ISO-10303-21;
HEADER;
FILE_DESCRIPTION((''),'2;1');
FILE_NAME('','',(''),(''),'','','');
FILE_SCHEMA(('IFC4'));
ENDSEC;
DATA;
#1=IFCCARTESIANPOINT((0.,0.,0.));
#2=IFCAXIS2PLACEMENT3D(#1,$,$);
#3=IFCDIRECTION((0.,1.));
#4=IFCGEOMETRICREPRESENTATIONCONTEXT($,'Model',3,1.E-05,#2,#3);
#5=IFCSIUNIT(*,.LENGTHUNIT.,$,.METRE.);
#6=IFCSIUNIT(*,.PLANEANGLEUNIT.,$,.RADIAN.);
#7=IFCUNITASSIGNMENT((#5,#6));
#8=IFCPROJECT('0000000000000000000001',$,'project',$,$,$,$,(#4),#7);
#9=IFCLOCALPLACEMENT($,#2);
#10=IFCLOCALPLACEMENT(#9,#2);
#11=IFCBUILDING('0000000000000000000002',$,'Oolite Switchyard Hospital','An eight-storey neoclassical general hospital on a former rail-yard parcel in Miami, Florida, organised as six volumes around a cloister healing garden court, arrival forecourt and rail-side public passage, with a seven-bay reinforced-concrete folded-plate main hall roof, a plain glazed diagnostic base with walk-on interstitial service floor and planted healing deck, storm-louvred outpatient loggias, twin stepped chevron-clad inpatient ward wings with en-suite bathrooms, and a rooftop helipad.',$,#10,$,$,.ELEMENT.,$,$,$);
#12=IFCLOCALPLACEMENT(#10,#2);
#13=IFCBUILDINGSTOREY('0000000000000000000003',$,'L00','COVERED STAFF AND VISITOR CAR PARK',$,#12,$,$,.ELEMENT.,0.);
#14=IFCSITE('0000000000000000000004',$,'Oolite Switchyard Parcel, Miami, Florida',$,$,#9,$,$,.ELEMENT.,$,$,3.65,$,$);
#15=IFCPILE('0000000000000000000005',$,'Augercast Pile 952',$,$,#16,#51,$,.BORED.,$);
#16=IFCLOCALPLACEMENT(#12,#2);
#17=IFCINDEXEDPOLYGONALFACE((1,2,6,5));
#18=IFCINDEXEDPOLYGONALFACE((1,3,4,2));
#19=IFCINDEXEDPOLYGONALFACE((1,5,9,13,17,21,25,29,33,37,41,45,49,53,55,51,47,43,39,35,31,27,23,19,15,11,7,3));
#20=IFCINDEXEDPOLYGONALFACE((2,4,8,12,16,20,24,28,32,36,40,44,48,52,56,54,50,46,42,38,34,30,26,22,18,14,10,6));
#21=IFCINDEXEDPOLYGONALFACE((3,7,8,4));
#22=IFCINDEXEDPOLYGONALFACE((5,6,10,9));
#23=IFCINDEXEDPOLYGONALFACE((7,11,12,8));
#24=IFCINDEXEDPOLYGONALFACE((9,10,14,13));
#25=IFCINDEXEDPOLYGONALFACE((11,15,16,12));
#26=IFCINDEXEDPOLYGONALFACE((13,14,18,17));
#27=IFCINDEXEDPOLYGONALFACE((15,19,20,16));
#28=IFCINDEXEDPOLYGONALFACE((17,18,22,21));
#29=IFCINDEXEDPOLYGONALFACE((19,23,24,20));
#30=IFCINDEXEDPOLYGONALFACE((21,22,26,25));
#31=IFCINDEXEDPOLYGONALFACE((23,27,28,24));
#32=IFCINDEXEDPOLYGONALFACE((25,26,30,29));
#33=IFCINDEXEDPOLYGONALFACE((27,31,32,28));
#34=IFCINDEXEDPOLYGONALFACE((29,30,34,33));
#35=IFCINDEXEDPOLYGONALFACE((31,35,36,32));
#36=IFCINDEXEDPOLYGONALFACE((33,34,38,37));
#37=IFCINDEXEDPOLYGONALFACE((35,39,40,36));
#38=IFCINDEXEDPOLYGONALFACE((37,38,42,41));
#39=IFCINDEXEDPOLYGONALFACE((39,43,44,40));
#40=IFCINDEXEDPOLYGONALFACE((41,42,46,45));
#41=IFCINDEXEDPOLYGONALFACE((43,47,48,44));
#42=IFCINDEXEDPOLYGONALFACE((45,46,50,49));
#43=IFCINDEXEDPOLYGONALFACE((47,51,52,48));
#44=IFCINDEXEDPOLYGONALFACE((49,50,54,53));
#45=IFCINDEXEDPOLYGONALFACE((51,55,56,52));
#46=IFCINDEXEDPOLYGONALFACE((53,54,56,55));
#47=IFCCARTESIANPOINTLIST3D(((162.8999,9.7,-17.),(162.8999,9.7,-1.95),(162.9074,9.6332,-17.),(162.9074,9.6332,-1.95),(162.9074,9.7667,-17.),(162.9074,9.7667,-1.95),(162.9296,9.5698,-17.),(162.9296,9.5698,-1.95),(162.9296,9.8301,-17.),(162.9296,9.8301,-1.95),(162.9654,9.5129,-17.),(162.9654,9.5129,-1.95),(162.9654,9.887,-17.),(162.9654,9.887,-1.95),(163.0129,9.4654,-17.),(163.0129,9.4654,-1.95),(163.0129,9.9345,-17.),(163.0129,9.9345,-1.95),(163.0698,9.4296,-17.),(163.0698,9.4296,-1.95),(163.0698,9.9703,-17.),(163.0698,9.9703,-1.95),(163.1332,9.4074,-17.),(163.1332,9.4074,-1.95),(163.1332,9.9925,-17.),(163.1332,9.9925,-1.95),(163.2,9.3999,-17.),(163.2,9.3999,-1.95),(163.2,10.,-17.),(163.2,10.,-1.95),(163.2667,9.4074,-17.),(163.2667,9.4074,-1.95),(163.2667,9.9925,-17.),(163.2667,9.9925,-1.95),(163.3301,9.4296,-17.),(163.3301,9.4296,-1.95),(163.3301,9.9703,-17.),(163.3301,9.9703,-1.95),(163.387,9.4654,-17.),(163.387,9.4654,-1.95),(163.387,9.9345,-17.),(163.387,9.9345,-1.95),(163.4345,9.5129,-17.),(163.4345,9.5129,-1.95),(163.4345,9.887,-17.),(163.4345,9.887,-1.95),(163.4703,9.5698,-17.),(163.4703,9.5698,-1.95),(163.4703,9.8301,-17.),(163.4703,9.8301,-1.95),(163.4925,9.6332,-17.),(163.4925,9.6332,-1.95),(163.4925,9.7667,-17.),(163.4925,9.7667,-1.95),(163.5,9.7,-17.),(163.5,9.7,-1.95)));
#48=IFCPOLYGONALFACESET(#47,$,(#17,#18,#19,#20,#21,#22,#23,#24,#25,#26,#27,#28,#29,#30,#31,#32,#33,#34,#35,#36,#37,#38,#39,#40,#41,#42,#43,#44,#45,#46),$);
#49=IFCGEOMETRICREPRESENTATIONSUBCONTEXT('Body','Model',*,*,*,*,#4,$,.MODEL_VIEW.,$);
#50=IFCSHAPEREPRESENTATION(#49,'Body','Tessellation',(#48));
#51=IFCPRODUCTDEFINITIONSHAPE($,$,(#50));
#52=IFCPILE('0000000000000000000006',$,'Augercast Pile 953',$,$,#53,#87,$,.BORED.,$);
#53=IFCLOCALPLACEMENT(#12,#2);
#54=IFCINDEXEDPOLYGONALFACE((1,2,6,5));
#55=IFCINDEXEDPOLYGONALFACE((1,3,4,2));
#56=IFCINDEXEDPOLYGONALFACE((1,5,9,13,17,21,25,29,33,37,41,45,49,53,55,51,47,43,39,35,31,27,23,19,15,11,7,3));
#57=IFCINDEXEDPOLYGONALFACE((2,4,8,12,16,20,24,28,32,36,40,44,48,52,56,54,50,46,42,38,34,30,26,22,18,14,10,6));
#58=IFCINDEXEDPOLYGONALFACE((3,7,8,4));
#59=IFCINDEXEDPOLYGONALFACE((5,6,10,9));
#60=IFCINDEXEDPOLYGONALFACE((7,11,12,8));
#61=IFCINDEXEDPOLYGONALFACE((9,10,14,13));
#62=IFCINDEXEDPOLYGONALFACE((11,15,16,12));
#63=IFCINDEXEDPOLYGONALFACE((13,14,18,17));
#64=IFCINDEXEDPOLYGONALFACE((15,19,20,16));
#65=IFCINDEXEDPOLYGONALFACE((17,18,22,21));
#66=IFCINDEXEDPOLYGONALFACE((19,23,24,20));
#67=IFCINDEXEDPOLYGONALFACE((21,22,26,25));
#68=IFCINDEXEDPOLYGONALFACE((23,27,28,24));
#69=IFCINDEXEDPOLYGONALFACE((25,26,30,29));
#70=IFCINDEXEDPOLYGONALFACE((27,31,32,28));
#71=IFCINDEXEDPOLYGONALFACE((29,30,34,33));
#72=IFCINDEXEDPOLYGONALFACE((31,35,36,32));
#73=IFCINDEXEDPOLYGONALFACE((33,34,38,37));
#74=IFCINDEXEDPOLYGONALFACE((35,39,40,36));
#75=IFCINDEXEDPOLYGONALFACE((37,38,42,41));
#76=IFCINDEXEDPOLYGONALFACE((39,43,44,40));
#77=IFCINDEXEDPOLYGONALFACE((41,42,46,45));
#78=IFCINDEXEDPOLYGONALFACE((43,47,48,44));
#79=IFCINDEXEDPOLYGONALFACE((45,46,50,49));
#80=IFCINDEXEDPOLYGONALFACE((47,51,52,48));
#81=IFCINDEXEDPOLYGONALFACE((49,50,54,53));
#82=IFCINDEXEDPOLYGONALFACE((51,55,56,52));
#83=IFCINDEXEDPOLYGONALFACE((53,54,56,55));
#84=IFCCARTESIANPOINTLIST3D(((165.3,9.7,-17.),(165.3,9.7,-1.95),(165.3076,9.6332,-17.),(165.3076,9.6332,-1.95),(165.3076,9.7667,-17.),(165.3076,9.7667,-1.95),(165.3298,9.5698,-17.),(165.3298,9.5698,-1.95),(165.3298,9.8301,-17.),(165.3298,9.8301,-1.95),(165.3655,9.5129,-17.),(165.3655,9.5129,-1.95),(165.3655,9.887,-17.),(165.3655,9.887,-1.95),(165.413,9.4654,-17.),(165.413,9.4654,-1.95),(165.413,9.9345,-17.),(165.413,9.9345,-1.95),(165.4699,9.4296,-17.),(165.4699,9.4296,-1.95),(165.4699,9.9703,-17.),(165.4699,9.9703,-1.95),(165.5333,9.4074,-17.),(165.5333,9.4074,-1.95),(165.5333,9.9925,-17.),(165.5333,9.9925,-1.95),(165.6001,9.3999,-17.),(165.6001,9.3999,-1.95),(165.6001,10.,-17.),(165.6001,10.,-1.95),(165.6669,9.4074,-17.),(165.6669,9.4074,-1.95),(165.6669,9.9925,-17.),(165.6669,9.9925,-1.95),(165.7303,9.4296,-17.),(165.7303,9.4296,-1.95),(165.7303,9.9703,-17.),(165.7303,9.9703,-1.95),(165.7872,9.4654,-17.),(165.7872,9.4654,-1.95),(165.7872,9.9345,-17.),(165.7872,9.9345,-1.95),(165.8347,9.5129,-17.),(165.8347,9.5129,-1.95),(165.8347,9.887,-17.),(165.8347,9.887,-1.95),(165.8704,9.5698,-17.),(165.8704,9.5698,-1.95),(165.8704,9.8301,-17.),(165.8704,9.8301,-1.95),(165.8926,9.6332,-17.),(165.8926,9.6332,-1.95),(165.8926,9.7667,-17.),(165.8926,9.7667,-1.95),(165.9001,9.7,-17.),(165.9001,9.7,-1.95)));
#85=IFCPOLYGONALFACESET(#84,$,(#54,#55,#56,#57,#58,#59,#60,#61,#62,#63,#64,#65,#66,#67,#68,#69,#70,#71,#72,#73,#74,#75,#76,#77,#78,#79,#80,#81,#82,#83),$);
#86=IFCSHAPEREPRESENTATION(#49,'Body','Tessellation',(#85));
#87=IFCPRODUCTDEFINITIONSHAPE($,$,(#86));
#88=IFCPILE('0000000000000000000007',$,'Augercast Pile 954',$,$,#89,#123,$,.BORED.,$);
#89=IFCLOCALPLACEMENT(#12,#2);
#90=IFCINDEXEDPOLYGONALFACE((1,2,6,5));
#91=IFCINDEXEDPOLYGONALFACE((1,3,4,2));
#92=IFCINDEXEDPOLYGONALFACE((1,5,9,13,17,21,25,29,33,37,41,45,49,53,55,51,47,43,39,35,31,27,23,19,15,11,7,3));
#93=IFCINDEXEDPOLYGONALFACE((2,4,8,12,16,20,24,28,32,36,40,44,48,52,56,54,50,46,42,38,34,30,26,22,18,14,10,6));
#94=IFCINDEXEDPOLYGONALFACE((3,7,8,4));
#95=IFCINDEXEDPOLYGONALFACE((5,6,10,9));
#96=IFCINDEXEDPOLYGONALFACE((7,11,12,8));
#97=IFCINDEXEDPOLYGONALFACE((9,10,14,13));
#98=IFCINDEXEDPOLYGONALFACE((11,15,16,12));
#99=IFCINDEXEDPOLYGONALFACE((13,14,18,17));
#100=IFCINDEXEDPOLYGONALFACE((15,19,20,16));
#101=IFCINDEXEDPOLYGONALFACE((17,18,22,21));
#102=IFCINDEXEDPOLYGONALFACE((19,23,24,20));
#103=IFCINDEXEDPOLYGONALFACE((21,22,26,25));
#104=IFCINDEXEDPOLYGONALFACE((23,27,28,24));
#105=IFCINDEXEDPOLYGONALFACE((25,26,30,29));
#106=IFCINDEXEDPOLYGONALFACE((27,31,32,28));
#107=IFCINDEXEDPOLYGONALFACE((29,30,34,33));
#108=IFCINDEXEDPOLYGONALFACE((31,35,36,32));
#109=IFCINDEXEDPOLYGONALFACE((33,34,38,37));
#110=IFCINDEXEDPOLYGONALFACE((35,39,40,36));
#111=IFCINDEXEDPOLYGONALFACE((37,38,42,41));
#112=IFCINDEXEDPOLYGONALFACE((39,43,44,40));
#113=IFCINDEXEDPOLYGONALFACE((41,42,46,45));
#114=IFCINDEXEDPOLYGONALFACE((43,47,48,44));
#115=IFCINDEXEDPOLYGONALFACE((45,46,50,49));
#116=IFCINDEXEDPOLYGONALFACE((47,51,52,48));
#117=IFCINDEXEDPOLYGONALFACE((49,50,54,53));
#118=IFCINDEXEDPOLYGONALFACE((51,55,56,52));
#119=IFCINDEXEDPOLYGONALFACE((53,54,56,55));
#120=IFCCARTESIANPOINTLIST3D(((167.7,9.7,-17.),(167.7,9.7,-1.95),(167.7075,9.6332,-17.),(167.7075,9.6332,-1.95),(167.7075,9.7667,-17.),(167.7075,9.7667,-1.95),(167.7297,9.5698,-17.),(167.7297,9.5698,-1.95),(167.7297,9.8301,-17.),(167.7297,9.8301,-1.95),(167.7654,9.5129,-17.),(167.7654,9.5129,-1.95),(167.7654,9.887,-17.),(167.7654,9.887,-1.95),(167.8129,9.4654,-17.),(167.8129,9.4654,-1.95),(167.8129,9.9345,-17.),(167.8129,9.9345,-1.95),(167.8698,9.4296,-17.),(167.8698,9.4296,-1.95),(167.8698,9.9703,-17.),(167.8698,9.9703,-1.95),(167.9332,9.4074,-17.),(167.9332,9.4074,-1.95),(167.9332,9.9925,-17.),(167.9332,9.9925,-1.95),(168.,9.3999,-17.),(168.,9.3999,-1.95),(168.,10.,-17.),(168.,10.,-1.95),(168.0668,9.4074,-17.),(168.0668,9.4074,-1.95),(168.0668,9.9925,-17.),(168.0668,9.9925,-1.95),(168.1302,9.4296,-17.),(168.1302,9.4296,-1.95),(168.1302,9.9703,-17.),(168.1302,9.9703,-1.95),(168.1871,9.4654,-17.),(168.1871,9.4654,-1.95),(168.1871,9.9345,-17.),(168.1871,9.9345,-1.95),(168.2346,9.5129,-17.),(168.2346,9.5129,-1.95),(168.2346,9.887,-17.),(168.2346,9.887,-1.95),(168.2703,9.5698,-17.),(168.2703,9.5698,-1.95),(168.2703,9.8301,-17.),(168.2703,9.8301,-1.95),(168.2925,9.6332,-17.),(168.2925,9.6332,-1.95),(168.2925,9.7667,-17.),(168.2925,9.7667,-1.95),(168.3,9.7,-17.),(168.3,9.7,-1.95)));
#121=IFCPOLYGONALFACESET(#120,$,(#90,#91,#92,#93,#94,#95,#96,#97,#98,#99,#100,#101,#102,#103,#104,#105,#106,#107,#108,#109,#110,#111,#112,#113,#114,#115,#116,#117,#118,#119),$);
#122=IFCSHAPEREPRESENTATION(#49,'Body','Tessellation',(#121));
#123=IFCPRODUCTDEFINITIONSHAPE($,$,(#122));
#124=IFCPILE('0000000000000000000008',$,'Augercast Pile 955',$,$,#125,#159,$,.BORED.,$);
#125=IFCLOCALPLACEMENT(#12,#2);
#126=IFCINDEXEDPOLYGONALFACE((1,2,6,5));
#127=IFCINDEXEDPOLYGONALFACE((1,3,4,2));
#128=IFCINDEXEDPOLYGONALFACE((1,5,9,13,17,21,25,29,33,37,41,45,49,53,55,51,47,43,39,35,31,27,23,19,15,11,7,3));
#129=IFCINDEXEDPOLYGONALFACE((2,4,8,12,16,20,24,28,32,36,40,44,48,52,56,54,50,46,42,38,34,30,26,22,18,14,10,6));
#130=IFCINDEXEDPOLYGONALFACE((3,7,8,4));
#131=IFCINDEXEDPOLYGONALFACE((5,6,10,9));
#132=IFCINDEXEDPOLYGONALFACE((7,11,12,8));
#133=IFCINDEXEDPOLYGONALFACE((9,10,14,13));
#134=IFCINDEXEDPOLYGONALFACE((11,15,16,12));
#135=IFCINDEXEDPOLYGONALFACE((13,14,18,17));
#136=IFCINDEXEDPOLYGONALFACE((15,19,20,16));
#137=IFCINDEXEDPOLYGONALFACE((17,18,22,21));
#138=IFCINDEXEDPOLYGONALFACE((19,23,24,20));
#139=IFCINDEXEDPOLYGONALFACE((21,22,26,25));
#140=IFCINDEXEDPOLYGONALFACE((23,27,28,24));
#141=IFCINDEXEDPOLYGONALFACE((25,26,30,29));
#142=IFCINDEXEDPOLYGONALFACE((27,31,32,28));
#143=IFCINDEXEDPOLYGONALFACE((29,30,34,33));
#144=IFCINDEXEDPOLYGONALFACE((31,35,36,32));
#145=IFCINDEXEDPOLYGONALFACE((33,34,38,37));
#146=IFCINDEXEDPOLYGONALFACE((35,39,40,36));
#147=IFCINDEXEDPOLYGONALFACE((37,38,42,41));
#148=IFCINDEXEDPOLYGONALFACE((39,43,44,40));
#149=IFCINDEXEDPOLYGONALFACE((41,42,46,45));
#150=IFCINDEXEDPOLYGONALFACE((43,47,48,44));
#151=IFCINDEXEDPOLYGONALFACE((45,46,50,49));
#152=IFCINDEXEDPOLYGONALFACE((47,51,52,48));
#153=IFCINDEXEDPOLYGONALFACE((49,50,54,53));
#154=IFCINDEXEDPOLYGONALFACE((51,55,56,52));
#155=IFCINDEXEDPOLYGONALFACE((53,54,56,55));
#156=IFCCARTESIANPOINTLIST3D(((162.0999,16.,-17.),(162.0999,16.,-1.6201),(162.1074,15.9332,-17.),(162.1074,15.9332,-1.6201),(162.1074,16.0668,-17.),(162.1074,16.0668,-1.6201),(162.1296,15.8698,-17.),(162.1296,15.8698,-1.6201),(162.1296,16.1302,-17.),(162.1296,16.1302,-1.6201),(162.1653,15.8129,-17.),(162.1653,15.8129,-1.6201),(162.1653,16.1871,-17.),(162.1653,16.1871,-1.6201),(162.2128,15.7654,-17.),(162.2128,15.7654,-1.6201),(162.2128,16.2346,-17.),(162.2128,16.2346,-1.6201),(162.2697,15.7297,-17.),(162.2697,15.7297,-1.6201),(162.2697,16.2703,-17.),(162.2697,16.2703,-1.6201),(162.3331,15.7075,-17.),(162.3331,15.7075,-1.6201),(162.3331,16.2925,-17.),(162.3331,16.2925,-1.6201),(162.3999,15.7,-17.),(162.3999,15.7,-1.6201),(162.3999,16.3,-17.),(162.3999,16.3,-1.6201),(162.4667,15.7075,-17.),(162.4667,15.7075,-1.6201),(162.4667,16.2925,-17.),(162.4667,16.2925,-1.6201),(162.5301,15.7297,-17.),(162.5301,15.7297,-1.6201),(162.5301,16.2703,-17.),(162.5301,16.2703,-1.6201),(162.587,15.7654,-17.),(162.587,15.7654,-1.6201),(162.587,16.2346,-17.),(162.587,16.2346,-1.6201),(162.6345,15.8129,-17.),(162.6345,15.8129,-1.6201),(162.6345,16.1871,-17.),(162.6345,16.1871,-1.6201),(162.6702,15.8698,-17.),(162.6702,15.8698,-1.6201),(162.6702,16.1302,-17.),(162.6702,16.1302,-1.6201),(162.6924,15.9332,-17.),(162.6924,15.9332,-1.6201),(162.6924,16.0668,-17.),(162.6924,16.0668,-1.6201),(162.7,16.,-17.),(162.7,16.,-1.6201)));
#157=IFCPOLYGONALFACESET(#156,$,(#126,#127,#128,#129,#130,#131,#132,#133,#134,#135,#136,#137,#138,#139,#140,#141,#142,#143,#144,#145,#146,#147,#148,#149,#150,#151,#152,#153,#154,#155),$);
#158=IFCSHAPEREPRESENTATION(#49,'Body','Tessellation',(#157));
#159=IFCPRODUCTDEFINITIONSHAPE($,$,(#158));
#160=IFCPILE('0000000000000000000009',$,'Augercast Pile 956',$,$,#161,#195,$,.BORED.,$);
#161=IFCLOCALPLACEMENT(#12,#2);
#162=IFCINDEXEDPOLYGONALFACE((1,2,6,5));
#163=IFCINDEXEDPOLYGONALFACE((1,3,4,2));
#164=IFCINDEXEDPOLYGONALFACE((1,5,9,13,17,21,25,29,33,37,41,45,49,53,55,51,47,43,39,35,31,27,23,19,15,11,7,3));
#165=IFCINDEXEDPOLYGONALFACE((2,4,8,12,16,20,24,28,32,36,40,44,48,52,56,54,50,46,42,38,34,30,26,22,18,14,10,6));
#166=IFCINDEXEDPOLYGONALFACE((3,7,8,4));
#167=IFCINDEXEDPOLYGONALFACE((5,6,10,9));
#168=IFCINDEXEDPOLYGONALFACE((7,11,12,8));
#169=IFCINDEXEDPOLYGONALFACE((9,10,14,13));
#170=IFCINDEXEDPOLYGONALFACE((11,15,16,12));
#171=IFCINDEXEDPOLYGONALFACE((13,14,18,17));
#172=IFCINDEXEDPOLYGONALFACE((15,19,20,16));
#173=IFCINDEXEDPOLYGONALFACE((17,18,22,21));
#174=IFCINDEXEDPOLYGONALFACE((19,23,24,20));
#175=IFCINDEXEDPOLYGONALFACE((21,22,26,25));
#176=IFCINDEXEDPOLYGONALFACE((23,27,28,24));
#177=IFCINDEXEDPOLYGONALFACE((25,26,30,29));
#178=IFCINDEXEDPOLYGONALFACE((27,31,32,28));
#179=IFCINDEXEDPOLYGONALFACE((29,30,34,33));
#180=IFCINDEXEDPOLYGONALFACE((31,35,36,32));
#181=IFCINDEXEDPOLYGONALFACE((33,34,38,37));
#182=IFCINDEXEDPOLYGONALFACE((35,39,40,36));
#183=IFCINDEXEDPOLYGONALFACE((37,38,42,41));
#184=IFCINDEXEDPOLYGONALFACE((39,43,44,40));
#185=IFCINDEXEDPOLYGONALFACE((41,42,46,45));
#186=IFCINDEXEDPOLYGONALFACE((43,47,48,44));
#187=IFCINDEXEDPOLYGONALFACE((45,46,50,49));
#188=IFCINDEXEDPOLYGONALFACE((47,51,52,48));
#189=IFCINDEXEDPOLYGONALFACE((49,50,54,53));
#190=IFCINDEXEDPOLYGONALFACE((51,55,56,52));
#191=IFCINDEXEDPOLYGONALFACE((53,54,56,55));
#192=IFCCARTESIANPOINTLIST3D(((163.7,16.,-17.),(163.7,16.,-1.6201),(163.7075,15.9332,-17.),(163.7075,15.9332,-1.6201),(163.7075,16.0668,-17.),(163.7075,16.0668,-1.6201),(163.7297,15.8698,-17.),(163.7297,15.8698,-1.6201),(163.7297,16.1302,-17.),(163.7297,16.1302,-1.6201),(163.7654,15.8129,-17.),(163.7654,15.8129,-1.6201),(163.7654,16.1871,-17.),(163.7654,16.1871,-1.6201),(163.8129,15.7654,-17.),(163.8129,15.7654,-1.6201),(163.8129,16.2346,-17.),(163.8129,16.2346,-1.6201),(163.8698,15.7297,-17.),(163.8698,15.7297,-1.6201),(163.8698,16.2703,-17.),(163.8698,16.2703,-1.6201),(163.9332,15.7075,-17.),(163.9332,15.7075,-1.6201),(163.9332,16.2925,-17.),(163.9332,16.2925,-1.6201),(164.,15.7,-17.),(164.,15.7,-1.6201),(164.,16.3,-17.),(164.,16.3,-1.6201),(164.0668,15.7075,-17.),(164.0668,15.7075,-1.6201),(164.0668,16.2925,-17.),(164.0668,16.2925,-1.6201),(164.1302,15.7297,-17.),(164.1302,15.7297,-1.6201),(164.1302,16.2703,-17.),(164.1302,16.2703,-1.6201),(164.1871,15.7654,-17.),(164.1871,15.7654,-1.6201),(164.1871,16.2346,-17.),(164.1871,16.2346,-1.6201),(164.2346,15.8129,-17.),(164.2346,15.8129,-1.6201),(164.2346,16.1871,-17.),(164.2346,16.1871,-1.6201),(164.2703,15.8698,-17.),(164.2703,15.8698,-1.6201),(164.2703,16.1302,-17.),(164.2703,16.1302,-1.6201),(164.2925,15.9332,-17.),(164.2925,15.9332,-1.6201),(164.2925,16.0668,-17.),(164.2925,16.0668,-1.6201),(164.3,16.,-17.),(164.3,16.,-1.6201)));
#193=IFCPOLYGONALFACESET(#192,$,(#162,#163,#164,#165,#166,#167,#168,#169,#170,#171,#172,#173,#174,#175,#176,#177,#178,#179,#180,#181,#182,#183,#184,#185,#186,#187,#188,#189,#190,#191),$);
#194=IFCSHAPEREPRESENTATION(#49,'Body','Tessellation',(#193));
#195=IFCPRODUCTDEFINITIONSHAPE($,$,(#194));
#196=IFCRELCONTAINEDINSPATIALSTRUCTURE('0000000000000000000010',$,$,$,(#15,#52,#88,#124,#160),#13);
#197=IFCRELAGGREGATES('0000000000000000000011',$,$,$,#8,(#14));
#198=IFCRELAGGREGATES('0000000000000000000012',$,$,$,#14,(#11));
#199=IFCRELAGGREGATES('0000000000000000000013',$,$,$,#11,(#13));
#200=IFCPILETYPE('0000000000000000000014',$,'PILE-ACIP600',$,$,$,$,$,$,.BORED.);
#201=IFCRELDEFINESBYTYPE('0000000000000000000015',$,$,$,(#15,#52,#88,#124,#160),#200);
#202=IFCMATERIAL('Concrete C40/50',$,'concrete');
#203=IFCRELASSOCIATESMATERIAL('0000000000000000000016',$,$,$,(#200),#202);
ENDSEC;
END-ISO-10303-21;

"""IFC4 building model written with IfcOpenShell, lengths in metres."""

from ifc_helpers import new_model, si_unit, direction, frame, origin, origin_2d, place, context, subcontext, project, spatial, circle, extrude, material, material_profile, profile_set, type_object, element, save


model = new_model("IFC4")

# Units and contexts
model_context = context("Model", 3, precision=1e-05, world=origin(), true_north=direction((0.0, 1.0)))
body_context = subcontext(model_context, "Body", "Model", "MODEL_VIEW")
ifc_project = project(units=[si_unit("LENGTHUNIT", "METRE"), si_unit("PLANEANGLEUNIT", "RADIAN")], contexts=[model_context])

# Site, building, storey
site_placement = place(None, origin())
site = spatial("IfcSite", under=ifc_project, at=site_placement, Name="Oolite Switchyard Parcel, Miami, Florida", CompositionType="ELEMENT", RefElevation=3.65)
building_placement = place(site_placement, origin())
building = spatial("IfcBuilding", under=site, at=building_placement, Name="Oolite Switchyard Hospital", Description="An eight-storey neoclassical general hospital on a former rail-yard parcel in Miami, Florida, organised as six volumes around a cloister healing garden court, arrival forecourt and rail-side public passage, with a seven-bay reinforced-concrete folded-plate main hall roof, a plain glazed diagnostic base with walk-on interstitial service floor and planted healing deck, storm-louvred outpatient loggias, twin stepped chevron-clad inpatient ward wings with en-suite bathrooms, and a rooftop helipad.", CompositionType="ELEMENT")
storey_placement = place(building_placement, origin())
storey = spatial("IfcBuildingStorey", under=building, at=storey_placement, Name="L00", Description="COVERED STAFF AND VISITOR CAR PARK", CompositionType="ELEMENT", Elevation=0.0)

# Shared definitions
ifc_material_1 = material(Name="Concrete C40/50", Category="concrete")

# Piles
ifc_material_profile_1 = material_profile(ifc_material_1, circle(Radius=0.3, at=origin_2d()), Name="PILE600")
ifc_profile_set_1 = profile_set([ifc_material_profile_1], Name="Concrete C40/50")
pile_type = type_object("IfcPileType", Name="PILE-ACIP600", PredefinedType="BORED", material=ifc_profile_set_1)
for number, where, z_axis, x_axis, name in (
    (1, (163.2, 9.7, -1.95), (0.0, 0.0, -1.0), (1.0, 0.0, 0.0), "Augercast Pile 952"),
    (2, (165.6001, 9.7, -1.95), (0.0, 0.0, -1.0), (1.0, 0.0, 0.0), "Augercast Pile 953"),
    (3, (168.0, 9.7, -1.95), (0.0, 0.0, -1.0), (1.0, 0.0, 0.0), "Augercast Pile 954"),
):
    element("IfcPile", number, at=place(storey_placement, frame(where, z_axis=z_axis, x_axis=x_axis)), inside=storey, type_object=pile_type, Name=name, PredefinedType="BORED", context=body_context, shape_type="SweptSolid", body=[
        extrude(circle(Radius=0.3, at=origin_2d()), origin(), (0.0, 0.0, 1.0), 15.05),
    ])
for number, where, z_axis, x_axis, name in (
    (4, (162.3999, 16.0, -1.6201), (0.0, 0.0, -1.0), (1.0, 0.0, 0.0), "Augercast Pile 955"),
    (5, (164.0, 16.0, -1.6201), (0.0, 0.0, -1.0), (1.0, 0.0, 0.0), "Augercast Pile 956"),
):
    element("IfcPile", number, at=place(storey_placement, frame(where, z_axis=z_axis, x_axis=x_axis)), inside=storey, type_object=pile_type, Name=name, PredefinedType="BORED", context=body_context, shape_type="SweptSolid", body=[
        extrude(circle(Radius=0.3, at=origin_2d()), origin(), (0.0, 0.0, 1.0), 15.3799),
    ])

save(model, "model.ifc")
